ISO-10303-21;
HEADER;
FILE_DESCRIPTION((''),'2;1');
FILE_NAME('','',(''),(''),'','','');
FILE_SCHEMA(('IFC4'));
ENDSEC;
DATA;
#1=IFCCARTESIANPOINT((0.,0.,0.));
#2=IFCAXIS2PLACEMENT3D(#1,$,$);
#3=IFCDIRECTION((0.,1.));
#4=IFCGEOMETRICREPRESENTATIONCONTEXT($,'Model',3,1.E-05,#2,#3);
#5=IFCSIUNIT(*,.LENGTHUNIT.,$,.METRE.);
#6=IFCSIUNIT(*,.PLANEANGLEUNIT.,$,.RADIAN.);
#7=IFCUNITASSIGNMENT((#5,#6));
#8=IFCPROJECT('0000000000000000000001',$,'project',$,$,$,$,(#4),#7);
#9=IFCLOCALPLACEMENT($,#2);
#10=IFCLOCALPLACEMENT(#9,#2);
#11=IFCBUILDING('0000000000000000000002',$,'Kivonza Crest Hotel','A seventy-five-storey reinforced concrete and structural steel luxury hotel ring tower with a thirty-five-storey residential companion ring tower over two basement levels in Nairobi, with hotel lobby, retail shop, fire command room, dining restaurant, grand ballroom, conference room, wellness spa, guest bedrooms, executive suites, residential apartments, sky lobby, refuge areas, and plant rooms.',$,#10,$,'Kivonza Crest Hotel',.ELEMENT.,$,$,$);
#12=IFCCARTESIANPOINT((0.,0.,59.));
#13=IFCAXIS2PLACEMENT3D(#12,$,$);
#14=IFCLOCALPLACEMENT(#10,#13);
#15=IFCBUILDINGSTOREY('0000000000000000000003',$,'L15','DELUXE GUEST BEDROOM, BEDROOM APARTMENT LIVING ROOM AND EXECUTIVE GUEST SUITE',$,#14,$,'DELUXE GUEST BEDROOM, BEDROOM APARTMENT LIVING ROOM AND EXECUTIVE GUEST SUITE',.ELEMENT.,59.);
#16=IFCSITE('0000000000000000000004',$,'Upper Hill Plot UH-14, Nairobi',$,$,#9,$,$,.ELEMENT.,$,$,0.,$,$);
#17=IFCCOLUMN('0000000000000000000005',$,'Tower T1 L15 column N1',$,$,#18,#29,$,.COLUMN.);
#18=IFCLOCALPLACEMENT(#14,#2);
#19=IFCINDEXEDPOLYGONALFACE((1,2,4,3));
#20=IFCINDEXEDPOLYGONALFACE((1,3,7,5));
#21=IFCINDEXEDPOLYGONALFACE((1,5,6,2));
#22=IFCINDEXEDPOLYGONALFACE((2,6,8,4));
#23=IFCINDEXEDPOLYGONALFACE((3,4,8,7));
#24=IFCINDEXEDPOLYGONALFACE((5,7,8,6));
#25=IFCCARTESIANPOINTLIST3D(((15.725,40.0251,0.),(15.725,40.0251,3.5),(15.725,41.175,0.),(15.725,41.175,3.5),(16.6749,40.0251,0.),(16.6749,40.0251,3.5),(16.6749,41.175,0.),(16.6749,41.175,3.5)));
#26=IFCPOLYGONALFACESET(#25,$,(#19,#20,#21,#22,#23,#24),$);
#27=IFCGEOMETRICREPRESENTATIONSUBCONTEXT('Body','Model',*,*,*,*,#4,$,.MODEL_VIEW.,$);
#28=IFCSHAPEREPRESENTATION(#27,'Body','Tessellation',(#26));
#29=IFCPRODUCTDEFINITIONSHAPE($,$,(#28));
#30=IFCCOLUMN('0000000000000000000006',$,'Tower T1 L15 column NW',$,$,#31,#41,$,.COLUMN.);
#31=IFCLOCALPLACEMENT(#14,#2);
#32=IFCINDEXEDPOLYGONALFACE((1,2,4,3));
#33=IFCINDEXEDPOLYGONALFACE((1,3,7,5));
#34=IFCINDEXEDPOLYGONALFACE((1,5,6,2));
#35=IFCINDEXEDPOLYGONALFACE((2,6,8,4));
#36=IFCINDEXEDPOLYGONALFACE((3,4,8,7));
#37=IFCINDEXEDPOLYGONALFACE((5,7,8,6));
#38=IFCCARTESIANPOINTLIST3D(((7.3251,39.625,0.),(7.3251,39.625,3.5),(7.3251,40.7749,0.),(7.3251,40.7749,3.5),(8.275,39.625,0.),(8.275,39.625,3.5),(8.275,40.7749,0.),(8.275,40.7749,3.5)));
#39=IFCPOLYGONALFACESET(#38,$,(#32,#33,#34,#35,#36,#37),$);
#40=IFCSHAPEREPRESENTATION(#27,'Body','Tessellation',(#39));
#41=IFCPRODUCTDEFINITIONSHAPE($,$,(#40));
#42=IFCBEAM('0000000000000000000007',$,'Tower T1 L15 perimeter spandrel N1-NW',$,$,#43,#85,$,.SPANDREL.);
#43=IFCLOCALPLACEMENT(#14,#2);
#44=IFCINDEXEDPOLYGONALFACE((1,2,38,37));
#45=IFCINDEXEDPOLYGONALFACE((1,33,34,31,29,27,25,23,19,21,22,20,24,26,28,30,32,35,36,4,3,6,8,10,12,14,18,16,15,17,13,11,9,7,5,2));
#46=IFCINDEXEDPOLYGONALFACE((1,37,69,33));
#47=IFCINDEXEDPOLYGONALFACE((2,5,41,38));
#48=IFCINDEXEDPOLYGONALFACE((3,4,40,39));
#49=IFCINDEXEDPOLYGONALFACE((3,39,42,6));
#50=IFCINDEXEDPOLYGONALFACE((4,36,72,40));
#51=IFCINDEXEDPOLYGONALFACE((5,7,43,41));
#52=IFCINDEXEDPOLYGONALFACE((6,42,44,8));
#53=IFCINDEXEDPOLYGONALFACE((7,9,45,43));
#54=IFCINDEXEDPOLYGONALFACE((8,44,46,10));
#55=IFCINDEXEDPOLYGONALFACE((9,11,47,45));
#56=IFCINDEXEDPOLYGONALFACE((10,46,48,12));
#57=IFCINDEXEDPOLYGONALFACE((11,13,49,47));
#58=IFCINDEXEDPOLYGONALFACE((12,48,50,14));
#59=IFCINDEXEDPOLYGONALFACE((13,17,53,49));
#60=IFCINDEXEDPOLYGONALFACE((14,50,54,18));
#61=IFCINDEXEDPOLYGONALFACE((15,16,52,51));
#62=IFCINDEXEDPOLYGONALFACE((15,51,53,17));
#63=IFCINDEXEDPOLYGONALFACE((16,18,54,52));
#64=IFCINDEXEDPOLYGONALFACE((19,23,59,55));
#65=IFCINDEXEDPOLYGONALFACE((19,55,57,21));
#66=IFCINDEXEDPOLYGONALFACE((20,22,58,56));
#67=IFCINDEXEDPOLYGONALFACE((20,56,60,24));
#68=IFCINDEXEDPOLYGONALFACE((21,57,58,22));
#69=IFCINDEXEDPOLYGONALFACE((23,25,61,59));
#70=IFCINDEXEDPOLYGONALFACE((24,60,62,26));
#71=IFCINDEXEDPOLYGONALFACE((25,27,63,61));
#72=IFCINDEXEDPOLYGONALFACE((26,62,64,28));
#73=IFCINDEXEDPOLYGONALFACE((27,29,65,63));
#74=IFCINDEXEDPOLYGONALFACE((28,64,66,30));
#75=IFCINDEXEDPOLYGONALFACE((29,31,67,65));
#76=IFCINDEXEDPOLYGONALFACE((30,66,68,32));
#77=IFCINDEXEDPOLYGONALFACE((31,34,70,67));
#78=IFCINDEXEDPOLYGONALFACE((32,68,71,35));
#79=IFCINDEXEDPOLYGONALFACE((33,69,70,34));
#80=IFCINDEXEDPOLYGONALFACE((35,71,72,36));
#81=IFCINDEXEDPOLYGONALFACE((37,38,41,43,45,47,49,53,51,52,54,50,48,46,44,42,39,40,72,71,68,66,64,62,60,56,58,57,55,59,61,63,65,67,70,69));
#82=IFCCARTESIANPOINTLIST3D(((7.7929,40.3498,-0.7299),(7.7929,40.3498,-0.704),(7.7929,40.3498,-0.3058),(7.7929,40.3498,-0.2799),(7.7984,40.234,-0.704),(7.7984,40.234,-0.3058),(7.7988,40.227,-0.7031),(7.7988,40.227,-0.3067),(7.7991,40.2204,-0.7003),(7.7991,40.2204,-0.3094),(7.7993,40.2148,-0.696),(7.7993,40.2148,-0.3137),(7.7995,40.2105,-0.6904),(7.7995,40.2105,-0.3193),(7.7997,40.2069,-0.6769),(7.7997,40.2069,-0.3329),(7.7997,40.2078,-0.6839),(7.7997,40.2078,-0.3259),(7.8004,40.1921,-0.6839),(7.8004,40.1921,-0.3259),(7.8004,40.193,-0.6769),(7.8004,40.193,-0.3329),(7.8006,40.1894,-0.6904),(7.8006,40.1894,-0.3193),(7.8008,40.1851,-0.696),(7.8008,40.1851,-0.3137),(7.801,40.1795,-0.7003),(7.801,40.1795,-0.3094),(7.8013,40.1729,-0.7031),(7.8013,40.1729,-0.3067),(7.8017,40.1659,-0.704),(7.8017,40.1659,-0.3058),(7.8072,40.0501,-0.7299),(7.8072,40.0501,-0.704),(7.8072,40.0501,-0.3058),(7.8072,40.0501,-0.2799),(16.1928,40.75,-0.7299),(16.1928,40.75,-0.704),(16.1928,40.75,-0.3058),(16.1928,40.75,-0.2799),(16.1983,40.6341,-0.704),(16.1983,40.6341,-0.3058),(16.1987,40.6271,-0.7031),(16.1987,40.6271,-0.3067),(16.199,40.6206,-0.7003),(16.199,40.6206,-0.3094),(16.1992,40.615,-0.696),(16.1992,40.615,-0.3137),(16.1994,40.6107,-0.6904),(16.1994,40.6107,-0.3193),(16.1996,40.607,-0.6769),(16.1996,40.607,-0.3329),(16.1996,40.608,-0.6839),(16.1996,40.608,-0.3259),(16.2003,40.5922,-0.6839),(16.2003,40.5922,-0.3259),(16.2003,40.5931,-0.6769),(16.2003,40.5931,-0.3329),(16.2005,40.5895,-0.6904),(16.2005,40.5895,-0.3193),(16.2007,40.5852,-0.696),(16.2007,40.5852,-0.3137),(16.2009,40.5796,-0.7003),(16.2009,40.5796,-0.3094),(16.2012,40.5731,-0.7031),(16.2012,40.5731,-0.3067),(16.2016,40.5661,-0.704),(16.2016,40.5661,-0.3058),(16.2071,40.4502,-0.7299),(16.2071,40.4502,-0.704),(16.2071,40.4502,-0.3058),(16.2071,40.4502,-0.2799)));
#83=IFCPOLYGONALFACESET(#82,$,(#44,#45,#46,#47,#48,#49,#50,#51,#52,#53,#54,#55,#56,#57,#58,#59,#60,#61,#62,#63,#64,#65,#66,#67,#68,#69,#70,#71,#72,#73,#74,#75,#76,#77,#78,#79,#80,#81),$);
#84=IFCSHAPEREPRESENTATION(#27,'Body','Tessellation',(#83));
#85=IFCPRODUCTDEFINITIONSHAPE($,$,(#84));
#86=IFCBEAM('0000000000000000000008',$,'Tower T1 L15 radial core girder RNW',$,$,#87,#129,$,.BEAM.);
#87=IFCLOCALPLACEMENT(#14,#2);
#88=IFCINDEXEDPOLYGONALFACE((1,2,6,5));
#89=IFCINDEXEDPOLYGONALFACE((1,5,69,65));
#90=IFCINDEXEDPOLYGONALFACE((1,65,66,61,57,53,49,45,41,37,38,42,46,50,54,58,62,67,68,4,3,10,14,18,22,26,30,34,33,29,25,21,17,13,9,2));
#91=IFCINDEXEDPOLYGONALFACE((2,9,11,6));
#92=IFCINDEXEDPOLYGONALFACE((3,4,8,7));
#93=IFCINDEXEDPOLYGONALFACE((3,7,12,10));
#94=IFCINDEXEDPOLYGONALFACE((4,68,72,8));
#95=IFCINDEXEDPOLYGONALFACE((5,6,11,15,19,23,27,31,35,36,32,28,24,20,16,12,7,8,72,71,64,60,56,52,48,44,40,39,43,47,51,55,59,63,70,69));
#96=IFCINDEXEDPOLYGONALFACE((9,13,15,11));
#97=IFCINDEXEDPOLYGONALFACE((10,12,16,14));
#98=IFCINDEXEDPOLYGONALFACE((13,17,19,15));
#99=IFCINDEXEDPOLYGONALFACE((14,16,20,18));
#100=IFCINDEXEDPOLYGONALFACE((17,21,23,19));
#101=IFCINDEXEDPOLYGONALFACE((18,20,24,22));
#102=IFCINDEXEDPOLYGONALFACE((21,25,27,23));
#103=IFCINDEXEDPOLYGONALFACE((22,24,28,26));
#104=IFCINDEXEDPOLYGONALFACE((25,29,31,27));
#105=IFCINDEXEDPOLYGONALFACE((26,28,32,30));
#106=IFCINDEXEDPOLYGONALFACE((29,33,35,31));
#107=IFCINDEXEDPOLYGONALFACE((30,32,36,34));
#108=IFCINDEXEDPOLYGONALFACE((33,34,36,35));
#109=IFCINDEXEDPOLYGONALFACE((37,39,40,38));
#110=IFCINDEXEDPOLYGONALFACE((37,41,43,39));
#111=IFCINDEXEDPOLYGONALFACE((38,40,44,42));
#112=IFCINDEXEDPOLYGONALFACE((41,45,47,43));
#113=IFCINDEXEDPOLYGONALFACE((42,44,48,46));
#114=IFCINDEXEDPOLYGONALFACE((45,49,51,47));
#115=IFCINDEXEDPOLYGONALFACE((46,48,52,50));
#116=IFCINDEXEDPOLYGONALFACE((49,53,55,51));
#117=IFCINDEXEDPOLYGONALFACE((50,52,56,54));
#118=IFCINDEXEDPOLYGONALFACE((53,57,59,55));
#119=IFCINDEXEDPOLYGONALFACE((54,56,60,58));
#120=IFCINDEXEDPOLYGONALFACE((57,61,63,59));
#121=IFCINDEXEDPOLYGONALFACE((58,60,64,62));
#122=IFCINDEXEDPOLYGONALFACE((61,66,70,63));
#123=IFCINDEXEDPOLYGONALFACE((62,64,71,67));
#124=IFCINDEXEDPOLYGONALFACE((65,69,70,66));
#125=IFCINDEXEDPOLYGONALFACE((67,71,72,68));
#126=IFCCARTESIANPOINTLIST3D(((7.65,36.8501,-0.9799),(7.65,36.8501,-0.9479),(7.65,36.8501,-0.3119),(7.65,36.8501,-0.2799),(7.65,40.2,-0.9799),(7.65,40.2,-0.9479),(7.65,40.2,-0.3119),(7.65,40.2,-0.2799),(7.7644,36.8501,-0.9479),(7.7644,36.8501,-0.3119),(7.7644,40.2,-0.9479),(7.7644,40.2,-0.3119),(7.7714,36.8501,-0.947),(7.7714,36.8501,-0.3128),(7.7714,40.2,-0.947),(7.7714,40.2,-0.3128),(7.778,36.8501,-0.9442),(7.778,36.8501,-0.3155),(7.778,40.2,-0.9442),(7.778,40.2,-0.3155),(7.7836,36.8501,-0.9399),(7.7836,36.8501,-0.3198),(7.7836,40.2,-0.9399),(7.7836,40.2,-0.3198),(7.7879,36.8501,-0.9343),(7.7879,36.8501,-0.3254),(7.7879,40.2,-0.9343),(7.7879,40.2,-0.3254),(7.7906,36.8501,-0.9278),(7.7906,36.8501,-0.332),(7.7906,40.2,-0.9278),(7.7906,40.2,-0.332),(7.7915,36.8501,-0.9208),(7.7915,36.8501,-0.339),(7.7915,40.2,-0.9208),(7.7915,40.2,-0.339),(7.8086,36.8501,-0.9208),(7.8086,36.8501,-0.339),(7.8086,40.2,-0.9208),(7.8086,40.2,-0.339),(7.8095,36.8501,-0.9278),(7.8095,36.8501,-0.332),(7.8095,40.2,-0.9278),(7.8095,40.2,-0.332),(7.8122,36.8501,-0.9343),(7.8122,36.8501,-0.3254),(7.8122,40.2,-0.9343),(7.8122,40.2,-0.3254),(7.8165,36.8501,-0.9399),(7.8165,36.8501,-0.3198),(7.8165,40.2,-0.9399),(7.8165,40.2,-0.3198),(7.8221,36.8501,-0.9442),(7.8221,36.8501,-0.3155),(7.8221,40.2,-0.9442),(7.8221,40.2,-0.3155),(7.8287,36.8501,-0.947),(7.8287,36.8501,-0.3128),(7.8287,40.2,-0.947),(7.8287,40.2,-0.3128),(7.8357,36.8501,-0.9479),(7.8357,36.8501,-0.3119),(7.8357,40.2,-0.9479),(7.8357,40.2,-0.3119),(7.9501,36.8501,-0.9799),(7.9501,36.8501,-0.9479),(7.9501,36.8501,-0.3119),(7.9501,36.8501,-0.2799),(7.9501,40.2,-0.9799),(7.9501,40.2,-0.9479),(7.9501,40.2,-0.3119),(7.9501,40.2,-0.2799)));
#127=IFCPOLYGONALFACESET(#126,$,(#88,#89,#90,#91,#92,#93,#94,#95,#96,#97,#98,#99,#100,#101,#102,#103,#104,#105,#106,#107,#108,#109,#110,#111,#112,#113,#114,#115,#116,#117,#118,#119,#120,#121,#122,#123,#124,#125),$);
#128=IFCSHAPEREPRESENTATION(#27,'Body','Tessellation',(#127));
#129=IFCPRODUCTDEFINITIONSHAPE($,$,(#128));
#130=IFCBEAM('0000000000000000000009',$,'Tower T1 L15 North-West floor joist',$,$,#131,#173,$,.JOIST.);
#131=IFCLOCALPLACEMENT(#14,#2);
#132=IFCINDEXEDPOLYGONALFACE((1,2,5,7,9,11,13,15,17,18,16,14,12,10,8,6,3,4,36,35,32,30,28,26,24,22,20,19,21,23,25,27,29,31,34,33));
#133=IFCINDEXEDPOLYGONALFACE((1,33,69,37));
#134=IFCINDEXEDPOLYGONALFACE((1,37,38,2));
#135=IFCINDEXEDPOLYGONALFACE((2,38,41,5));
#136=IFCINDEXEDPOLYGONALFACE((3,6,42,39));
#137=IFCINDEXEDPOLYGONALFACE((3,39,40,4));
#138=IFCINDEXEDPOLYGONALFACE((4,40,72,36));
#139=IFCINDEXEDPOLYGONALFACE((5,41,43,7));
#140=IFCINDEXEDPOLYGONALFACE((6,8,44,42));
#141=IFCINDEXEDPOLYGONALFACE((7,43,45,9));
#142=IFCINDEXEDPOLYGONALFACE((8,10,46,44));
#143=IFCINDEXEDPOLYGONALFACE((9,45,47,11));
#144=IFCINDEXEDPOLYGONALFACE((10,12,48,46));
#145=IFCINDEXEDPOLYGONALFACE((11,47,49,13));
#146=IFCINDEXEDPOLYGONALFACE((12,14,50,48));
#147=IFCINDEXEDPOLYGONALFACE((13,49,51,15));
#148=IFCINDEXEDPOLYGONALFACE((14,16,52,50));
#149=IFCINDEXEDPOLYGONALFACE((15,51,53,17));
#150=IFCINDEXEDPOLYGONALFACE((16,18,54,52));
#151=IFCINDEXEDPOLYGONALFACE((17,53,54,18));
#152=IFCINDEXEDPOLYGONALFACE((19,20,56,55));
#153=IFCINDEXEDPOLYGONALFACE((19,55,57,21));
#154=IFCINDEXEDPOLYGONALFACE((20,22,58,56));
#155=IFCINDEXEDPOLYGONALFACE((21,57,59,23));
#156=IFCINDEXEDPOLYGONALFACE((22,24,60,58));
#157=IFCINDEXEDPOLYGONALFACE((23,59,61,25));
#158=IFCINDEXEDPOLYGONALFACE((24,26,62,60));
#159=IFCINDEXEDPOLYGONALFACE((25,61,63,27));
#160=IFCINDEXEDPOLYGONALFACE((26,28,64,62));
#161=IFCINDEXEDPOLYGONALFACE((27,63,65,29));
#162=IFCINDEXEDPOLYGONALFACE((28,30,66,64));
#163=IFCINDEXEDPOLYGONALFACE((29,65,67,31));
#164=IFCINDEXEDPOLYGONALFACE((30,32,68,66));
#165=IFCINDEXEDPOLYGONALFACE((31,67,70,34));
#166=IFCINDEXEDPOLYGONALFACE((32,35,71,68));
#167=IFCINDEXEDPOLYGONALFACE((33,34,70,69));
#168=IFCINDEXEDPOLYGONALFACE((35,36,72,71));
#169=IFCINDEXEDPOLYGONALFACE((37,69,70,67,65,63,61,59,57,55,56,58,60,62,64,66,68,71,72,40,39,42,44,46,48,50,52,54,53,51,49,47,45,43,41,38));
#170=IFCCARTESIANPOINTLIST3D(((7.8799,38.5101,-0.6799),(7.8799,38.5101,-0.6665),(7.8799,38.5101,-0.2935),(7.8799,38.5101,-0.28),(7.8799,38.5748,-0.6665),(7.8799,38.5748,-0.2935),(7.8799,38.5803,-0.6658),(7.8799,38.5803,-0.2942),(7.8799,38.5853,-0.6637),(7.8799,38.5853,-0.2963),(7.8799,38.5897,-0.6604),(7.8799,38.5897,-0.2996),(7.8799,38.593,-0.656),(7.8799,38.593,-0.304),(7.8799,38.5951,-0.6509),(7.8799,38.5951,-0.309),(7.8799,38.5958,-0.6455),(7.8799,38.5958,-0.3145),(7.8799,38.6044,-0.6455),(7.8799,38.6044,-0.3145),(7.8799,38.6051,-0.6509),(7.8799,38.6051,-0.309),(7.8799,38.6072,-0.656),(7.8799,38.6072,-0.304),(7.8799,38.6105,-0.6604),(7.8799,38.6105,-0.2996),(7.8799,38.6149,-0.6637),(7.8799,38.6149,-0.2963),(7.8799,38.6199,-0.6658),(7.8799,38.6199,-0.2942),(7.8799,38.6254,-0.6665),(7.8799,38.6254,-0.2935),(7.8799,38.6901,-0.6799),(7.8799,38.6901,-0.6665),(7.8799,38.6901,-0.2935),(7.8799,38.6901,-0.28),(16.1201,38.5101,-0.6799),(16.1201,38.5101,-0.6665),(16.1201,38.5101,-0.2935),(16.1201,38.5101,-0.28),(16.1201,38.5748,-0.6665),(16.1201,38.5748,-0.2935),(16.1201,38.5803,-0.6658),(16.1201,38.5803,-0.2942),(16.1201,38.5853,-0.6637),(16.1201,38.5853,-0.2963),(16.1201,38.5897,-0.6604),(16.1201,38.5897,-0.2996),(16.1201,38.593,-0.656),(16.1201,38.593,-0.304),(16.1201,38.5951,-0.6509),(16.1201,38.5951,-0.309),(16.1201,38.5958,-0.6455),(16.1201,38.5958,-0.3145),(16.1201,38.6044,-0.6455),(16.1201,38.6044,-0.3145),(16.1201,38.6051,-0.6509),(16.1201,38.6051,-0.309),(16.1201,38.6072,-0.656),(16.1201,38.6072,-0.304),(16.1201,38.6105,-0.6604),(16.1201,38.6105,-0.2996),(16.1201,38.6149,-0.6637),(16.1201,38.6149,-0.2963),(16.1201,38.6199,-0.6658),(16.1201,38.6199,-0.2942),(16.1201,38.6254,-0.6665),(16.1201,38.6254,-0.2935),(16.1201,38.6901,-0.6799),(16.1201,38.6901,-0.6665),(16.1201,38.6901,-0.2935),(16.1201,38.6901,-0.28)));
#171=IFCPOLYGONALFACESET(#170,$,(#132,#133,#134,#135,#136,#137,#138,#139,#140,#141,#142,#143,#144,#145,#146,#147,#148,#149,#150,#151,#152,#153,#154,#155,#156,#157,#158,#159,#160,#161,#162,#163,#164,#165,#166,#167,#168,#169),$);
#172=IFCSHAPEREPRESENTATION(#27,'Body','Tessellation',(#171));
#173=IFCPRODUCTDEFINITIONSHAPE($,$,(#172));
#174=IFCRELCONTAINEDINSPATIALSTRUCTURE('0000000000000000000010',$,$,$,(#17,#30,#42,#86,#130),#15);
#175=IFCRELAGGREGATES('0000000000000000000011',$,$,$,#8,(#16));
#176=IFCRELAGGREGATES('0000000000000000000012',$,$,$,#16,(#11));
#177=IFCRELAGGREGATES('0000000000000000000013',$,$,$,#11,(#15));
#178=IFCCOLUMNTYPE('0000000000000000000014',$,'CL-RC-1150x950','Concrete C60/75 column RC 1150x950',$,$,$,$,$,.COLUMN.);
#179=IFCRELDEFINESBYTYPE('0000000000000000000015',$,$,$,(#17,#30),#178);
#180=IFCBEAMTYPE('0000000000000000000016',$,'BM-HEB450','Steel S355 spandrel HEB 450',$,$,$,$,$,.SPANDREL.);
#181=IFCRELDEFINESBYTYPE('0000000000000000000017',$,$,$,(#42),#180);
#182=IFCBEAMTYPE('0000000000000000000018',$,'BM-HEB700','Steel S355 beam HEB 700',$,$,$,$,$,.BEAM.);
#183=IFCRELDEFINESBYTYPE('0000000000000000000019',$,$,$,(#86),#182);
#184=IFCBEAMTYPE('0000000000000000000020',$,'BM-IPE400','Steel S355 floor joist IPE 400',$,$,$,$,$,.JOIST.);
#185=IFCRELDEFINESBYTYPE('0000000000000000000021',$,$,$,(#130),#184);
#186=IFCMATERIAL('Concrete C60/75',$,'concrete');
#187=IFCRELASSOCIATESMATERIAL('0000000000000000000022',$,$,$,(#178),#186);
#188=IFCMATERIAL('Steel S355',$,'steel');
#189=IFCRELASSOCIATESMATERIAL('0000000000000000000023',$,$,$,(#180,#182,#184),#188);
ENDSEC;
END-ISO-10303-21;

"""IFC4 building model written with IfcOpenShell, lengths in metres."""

from ifc_helpers import new_model, si_unit, direction, frame, origin, origin_2d, place, context, subcontext, project, spatial, rectangle, i_section, extrude, material, material_profile, profile_set, type_object, element, save


model = new_model("IFC4")

# Units and contexts
model_context = context("Model", 3, precision=1e-05, world=origin(), true_north=direction((0.0, 1.0)))
body_context = subcontext(model_context, "Body", "Model", "MODEL_VIEW")
ifc_project = project(units=[si_unit("LENGTHUNIT", "METRE"), si_unit("PLANEANGLEUNIT", "RADIAN")], contexts=[model_context])

# Site, building, storey
site_placement = place(None, origin())
site = spatial("IfcSite", under=ifc_project, at=site_placement, Name="Upper Hill Plot UH-14, Nairobi", CompositionType="ELEMENT", RefElevation=0.0)
building_placement = place(site_placement, origin())
building = spatial("IfcBuilding", under=site, at=building_placement, Name="Kivonza Crest Hotel", Description="A seventy-five-storey reinforced concrete and structural steel luxury hotel ring tower with a thirty-five-storey residential companion ring tower over two basement levels in Nairobi, with hotel lobby, retail shop, fire command room, dining restaurant, grand ballroom, conference room, wellness spa, guest bedrooms, executive suites, residential apartments, sky lobby, refuge areas, and plant rooms.", LongName="Kivonza Crest Hotel", CompositionType="ELEMENT")
storey_placement = place(building_placement, frame((0.0, 0.0, 59.0)))
storey = spatial("IfcBuildingStorey", under=building, at=storey_placement, Name="L15", Description="DELUXE GUEST BEDROOM, BEDROOM APARTMENT LIVING ROOM AND EXECUTIVE GUEST SUITE", LongName="DELUXE GUEST BEDROOM, BEDROOM APARTMENT LIVING ROOM AND EXECUTIVE GUEST SUITE", CompositionType="ELEMENT", Elevation=59.0)

# Columns
ifc_material_1 = material(Name="Concrete C60/75", Category="concrete")
ifc_material_profile_1 = material_profile(ifc_material_1, rectangle(XDim=0.95, YDim=1.1499, at=origin_2d()), Name="RC 1150x950")
ifc_profile_set_1 = profile_set([ifc_material_profile_1], Name="Concrete C60/75")
column_type = type_object("IfcColumnType", Name="CL-RC-1150x950", Description="Concrete C60/75 column RC 1150x950", PredefinedType="COLUMN", material=ifc_profile_set_1)
for number, where, z_axis, x_axis, name in (
    (1, (16.2, 40.6001, 0.0), (0.0, 0.0, 1.0), (1.0, 0.0, 0.0), "Tower T1 L15 column N1"),
    (2, (7.8, 40.2, 0.0), (0.0, 0.0, 1.0), (1.0, 0.0, 0.0), "Tower T1 L15 column NW"),
):
    element("IfcColumn", number, at=place(storey_placement, frame(where, z_axis=z_axis, x_axis=x_axis)), inside=storey, type_object=column_type, Name=name, PredefinedType="COLUMN", context=body_context, shape_type="SweptSolid", body=[
        extrude(rectangle(XDim=0.95, YDim=1.1499, at=origin_2d()), origin(), (0.0, 0.0, 1.0), 3.5),
    ])

# Beams
ifc_material_2 = material(Name="Steel S355", Category="steel")
ifc_material_profile_2 = material_profile(ifc_material_2, i_section(OverallWidth=0.3, OverallDepth=0.45, WebThickness=0.0139, FlangeThickness=0.0259, FilletRadius=0.0271, at=origin_2d()), Name="HEB 450")
ifc_profile_set_2 = profile_set([ifc_material_profile_2], Name="Steel S355")
beam_type_1 = type_object("IfcBeamType", Name="BM-HEB450", Description="Steel S355 spandrel HEB 450", PredefinedType="SPANDREL", material=ifc_profile_set_2)
beam_1_placement = place(storey_placement, frame((16.2, 40.6001, -0.5049), z_axis=(-0.998867, -0.047583, 0.0), x_axis=(0.047583, -0.998867, 0.0)))
element("IfcBeam", 3, at=beam_1_placement, inside=storey, type_object=beam_type_1, Name="Tower T1 L15 perimeter spandrel N1-NW", PredefinedType="SPANDREL", context=body_context, shape_type="SweptSolid", body=[
    extrude(i_section(OverallWidth=0.3, OverallDepth=0.45, WebThickness=0.0139, FlangeThickness=0.0259, FilletRadius=0.0271, at=origin_2d()), origin(), (0.0, 0.0, 1.0), 8.4094),
])
ifc_material_profile_3 = material_profile(ifc_material_2, i_section(OverallWidth=0.3, OverallDepth=0.7, WebThickness=0.0171, FlangeThickness=0.032, FilletRadius=0.0271, at=origin_2d()), Name="HEB 700")
ifc_profile_set_3 = profile_set([ifc_material_profile_3], Name="Steel S355")
beam_type_2 = type_object("IfcBeamType", Name="BM-HEB700", Description="Steel S355 beam HEB 700", PredefinedType="BEAM", material=ifc_profile_set_3)
beam_2_placement = place(storey_placement, frame((7.8, 40.2, -0.6299), z_axis=(0.0, -1.0, 0.0), x_axis=(1.0, 0.0, 0.0)))
element("IfcBeam", 4, at=beam_2_placement, inside=storey, type_object=beam_type_2, Name="Tower T1 L15 radial core girder RNW", PredefinedType="BEAM", context=body_context, shape_type="SweptSolid", body=[
    extrude(i_section(OverallWidth=0.3, OverallDepth=0.7, WebThickness=0.0171, FlangeThickness=0.032, FilletRadius=0.0271, at=origin_2d()), origin(), (0.0, 0.0, 1.0), 3.3499),
])
ifc_material_profile_4 = material_profile(ifc_material_2, i_section(OverallWidth=0.1799, OverallDepth=0.3999, WebThickness=0.0085, FlangeThickness=0.0134, FilletRadius=0.021, at=origin_2d()), Name="IPE 400")
ifc_profile_set_4 = profile_set([ifc_material_profile_4], Name="Steel S355")
beam_type_3 = type_object("IfcBeamType", Name="BM-IPE400", Description="Steel S355 floor joist IPE 400", PredefinedType="JOIST", material=ifc_profile_set_4)
beam_3_placement = place(storey_placement, frame((7.8799, 38.6001, -0.48), z_axis=(1.0, 0.0, 0.0), x_axis=(0.0, 1.0, 0.0)))
element("IfcBeam", 5, at=beam_3_placement, inside=storey, type_object=beam_type_3, Name="Tower T1 L15 North-West floor joist", PredefinedType="JOIST", context=body_context, shape_type="SweptSolid", body=[
    extrude(i_section(OverallWidth=0.1799, OverallDepth=0.3999, WebThickness=0.0085, FlangeThickness=0.0134, FilletRadius=0.021, at=origin_2d()), origin(), (0.0, 0.0, 1.0), 8.2402),
])

save(model, "model.ifc")
